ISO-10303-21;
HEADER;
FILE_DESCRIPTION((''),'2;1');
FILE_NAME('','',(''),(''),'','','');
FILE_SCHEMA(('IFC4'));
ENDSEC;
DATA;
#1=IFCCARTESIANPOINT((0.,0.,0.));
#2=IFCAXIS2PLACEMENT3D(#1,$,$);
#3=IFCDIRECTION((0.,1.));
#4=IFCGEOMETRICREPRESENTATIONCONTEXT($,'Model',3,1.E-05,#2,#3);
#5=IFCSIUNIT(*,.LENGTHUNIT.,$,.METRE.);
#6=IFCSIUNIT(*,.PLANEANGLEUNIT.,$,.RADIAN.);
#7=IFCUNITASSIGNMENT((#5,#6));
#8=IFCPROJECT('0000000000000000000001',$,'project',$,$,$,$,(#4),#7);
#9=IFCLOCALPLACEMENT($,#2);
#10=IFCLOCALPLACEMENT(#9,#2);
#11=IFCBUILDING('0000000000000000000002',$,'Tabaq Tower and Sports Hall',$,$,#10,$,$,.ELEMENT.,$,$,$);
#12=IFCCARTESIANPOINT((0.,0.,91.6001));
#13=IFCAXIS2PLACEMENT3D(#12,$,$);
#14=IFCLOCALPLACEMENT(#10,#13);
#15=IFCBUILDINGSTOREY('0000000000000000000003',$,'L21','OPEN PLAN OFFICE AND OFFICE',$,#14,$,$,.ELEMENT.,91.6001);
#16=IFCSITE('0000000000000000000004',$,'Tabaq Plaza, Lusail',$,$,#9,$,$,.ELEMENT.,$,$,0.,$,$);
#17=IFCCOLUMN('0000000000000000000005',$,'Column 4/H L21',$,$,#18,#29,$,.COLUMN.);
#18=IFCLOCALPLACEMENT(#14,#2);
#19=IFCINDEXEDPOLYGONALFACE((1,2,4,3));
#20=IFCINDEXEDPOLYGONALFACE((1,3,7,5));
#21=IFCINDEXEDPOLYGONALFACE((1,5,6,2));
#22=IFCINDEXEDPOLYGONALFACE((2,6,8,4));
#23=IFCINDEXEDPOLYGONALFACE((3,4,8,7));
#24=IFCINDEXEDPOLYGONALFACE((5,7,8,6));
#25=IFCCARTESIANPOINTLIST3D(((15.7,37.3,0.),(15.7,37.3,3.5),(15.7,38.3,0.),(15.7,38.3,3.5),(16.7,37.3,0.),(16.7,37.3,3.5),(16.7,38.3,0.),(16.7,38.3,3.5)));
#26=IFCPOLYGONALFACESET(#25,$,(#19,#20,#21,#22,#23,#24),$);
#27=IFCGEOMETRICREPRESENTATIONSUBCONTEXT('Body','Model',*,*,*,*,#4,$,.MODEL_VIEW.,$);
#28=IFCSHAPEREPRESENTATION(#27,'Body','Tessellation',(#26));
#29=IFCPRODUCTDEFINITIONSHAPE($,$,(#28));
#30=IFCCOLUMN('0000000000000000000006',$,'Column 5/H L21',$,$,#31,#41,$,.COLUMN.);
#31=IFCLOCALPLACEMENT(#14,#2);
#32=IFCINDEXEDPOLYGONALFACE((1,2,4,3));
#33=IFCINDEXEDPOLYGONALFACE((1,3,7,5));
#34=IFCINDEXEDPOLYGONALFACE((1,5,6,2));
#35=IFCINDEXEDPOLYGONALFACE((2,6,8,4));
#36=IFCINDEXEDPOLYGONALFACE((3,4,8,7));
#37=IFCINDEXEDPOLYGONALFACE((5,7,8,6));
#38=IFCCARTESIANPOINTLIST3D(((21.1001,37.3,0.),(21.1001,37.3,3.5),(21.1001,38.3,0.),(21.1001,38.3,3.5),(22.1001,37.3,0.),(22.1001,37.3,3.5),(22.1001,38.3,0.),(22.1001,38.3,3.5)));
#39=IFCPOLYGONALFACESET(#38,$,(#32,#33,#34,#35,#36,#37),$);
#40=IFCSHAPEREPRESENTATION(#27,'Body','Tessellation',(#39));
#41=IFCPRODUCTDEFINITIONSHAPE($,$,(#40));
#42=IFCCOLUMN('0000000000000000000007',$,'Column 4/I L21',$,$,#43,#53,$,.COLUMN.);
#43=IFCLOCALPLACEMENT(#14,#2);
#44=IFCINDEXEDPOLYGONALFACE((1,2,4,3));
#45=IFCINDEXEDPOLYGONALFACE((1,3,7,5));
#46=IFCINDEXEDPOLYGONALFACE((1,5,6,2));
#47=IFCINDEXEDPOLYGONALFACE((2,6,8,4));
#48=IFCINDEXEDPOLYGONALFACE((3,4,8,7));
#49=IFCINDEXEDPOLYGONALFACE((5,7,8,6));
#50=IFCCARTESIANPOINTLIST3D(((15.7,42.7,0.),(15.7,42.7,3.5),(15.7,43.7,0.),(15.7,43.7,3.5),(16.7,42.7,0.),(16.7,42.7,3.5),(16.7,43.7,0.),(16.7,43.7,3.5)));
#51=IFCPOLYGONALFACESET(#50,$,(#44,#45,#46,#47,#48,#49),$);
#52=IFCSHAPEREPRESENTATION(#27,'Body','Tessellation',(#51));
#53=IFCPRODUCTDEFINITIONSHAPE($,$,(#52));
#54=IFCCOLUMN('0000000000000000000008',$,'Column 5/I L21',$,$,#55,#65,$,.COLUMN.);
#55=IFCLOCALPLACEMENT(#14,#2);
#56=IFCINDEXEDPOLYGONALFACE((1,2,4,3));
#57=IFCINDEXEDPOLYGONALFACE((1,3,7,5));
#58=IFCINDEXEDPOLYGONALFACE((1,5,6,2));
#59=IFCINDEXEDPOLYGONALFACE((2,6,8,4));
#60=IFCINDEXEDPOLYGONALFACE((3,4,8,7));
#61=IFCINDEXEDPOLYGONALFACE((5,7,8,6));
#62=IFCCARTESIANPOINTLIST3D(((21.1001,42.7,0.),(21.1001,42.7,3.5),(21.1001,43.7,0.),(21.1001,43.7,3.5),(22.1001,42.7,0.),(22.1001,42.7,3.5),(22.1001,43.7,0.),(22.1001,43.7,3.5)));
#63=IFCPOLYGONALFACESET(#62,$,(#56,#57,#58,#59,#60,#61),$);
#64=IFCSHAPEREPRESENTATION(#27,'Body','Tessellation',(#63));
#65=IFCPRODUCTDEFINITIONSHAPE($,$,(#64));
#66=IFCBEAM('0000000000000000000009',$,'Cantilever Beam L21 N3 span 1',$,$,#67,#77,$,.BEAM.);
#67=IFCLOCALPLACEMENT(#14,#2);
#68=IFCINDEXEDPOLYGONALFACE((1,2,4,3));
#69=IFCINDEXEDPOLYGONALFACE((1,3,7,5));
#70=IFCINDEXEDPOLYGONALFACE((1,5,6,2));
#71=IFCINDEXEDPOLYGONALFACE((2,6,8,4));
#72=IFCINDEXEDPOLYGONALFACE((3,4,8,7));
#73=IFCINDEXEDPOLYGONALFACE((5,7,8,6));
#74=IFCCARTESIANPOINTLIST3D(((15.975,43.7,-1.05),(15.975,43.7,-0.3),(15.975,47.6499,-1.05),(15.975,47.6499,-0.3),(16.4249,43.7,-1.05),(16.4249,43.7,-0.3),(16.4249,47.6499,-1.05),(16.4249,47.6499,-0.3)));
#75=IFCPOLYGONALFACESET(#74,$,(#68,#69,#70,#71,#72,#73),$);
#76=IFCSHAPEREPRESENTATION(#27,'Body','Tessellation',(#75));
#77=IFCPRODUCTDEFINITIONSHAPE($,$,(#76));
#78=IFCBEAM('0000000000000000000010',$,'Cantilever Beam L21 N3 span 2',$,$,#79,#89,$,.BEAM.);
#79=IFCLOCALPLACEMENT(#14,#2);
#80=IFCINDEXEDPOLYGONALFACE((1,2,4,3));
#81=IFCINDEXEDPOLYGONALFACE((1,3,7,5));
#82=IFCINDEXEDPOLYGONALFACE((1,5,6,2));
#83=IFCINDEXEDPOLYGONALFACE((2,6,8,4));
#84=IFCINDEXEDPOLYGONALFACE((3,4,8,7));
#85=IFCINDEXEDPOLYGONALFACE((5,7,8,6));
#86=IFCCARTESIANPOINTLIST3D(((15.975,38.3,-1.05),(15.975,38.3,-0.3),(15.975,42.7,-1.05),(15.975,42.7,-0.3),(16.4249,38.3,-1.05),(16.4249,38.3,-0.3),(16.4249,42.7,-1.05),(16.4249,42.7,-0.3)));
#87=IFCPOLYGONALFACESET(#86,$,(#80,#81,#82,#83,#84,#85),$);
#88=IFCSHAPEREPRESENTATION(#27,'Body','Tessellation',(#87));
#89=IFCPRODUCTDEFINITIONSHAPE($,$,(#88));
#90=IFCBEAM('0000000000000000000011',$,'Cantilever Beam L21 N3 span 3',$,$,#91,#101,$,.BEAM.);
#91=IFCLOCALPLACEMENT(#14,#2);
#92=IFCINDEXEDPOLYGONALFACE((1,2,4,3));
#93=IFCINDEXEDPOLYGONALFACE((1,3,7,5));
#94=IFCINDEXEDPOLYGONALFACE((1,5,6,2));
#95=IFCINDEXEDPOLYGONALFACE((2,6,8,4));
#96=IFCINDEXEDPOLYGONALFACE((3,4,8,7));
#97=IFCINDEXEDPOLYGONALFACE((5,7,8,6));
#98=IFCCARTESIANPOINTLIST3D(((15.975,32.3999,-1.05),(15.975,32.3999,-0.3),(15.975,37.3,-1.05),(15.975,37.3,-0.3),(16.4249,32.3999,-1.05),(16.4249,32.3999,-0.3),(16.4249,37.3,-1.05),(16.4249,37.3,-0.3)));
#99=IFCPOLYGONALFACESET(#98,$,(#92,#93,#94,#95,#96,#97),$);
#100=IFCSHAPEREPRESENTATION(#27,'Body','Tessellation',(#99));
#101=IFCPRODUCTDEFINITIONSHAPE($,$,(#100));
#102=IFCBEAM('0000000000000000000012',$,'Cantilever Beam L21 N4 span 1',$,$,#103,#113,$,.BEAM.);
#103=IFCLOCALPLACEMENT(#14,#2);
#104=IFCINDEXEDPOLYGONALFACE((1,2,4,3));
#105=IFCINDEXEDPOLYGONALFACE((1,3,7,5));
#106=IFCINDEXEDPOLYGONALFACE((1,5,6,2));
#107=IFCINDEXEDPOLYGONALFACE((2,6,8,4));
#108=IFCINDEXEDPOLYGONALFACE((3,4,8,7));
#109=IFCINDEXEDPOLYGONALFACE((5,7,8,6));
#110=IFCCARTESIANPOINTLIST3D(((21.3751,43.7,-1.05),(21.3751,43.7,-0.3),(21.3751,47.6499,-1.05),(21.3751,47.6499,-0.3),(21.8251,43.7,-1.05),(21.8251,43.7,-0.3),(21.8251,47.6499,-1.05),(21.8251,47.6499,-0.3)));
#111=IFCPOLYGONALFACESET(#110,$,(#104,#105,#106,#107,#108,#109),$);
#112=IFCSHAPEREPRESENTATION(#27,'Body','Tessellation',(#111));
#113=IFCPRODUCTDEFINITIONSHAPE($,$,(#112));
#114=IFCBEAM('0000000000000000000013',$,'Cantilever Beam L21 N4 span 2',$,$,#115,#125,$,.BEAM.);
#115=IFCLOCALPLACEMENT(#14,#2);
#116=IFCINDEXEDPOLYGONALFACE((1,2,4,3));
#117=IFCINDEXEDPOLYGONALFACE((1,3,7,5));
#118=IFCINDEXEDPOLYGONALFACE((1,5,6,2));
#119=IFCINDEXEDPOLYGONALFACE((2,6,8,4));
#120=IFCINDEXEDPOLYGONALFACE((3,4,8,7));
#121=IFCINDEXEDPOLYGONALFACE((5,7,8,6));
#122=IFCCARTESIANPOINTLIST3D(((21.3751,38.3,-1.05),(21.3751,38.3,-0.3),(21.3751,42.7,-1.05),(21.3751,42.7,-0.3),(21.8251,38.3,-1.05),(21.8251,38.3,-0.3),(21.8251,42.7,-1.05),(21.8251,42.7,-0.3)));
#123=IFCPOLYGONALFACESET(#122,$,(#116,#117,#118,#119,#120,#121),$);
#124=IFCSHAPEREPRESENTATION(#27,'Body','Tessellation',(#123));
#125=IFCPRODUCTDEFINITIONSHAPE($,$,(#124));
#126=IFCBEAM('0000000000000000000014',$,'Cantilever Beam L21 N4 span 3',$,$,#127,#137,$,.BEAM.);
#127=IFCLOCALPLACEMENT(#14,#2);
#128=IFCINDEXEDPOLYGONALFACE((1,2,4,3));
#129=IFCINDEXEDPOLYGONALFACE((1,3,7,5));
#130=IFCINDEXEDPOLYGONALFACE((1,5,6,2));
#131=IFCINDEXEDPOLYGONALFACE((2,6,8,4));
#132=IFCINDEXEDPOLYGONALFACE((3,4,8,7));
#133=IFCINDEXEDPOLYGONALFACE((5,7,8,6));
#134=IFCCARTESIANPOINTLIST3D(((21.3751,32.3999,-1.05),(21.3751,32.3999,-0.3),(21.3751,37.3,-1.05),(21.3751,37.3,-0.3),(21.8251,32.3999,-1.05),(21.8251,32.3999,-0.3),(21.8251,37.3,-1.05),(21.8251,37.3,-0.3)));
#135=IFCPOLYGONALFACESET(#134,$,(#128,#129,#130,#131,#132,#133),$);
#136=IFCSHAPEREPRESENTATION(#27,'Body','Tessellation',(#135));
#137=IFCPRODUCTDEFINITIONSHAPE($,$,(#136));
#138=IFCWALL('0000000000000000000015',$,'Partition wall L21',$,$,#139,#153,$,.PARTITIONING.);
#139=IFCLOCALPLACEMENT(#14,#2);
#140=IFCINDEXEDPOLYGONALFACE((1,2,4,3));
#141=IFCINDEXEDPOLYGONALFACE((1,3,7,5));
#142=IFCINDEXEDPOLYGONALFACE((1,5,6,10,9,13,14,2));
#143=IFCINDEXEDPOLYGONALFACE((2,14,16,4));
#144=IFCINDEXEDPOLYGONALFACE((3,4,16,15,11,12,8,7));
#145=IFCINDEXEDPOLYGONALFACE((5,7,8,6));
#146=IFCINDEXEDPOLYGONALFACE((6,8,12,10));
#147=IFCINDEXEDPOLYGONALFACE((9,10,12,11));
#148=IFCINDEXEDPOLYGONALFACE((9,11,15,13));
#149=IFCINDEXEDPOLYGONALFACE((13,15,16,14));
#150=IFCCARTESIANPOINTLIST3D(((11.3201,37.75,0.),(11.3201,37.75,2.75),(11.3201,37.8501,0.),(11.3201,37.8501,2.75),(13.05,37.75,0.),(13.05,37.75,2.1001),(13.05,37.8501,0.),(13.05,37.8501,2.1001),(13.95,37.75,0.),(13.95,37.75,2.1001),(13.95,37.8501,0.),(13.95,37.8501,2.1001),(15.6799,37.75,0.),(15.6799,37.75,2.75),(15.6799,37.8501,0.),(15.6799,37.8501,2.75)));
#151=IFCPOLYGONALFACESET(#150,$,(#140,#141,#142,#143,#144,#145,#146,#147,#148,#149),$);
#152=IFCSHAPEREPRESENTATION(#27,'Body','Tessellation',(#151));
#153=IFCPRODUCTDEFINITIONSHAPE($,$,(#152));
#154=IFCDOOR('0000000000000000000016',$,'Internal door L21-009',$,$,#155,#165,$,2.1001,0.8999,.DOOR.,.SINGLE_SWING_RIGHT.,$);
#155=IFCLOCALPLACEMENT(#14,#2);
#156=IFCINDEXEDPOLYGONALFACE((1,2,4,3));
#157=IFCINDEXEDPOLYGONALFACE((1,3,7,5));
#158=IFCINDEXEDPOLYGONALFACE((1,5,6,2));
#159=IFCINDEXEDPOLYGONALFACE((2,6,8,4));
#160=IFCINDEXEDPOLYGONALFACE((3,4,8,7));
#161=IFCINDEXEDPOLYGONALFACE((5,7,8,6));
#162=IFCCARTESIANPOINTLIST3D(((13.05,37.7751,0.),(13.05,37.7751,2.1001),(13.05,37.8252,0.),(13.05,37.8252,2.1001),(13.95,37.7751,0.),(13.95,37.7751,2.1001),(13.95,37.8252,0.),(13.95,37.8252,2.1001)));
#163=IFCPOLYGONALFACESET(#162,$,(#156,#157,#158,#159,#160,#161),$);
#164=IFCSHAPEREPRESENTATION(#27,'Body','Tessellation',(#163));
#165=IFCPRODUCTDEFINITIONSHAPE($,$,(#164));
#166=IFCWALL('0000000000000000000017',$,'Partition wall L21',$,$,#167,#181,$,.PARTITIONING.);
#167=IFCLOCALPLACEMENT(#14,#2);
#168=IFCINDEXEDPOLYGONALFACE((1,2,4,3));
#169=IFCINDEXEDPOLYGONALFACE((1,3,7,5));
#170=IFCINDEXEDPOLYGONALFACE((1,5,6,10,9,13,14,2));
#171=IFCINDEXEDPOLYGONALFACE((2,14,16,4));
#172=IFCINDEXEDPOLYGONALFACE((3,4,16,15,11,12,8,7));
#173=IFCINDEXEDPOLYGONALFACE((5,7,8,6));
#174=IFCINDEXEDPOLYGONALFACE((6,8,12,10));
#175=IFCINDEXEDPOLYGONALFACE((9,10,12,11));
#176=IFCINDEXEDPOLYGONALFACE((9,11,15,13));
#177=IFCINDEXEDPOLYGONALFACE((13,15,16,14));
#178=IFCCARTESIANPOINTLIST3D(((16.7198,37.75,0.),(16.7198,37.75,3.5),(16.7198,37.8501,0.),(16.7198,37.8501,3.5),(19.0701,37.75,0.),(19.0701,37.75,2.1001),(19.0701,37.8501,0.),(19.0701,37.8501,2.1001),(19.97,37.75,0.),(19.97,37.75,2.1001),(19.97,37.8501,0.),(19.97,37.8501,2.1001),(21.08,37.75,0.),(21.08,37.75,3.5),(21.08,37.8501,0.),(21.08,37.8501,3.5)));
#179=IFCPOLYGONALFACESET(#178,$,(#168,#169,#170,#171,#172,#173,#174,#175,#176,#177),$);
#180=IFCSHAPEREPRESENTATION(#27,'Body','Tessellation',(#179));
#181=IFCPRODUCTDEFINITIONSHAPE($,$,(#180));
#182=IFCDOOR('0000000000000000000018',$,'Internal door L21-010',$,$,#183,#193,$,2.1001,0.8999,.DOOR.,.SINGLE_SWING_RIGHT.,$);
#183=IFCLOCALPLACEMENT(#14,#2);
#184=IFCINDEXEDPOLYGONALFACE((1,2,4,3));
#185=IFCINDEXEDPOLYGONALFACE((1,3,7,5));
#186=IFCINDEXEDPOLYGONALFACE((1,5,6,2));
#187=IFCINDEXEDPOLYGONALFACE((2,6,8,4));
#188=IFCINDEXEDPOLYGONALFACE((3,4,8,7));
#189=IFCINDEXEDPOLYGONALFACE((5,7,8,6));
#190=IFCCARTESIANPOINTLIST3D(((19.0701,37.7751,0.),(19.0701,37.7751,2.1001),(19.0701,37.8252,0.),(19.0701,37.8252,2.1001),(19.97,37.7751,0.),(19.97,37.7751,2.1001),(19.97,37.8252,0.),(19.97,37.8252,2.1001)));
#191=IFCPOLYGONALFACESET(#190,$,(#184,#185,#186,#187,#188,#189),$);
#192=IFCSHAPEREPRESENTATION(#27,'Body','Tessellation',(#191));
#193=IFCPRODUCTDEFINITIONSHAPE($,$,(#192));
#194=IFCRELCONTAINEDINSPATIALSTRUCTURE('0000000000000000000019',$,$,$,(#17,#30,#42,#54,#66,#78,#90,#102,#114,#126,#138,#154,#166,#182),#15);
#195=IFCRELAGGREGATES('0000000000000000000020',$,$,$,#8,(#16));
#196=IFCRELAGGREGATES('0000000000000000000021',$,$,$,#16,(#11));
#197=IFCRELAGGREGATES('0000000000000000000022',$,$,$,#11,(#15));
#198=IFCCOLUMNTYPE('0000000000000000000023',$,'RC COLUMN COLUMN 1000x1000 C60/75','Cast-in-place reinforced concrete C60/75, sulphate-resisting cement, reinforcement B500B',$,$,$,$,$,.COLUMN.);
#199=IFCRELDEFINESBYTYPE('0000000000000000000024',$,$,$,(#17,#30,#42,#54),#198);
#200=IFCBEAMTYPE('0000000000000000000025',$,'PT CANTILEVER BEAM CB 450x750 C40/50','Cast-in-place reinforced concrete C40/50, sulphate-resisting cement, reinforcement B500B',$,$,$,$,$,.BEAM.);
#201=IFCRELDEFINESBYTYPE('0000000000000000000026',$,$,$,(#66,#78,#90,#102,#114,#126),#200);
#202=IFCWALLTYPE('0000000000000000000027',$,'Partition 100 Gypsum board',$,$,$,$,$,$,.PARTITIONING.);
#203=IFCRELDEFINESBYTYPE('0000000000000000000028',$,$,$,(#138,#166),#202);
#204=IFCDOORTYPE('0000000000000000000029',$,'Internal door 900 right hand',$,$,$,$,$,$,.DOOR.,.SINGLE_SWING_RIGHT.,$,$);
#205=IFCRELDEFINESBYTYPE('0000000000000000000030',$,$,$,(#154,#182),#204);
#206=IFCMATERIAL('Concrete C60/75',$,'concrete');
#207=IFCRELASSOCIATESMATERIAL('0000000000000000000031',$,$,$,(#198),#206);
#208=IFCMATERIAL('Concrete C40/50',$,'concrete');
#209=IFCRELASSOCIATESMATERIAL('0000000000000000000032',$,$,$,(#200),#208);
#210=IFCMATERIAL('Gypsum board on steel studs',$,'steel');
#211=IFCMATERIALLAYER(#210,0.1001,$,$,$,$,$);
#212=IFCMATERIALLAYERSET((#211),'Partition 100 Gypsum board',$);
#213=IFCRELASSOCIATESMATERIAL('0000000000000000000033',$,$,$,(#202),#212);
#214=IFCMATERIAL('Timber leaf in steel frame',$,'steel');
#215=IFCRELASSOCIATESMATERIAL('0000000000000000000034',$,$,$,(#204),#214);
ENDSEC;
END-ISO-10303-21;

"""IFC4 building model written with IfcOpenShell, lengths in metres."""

from ifc_helpers import new_model, si_unit, direction, frame, frame_2d, origin, origin_2d, place, context, subcontext, project, spatial, rectangle, extrude, material, layer, layer_set, material_profile, profile_set, type_object, element, fill, save


model = new_model("IFC4")

# Units and contexts
model_context = context("Model", 3, precision=1e-05, world=origin(), true_north=direction((0.0, 1.0)))
body_context = subcontext(model_context, "Body", "Model", "MODEL_VIEW")
ifc_project = project(units=[si_unit("LENGTHUNIT", "METRE"), si_unit("PLANEANGLEUNIT", "RADIAN")], contexts=[model_context])

# Site, building, storey
site_placement = place(None, origin())
site = spatial("IfcSite", under=ifc_project, at=site_placement, Name="Tabaq Plaza, Lusail", CompositionType="ELEMENT", RefElevation=0.0)
building_placement = place(site_placement, origin())
building = spatial("IfcBuilding", under=site, at=building_placement, Name="Tabaq Tower and Sports Hall", CompositionType="ELEMENT")
storey_placement = place(building_placement, frame((0.0, 0.0, 91.6001)))
storey = spatial("IfcBuildingStorey", under=building, at=storey_placement, Name="L21", Description="OPEN PLAN OFFICE AND OFFICE", CompositionType="ELEMENT", Elevation=91.6001)

# Columns
ifc_material_1 = material(Name="Concrete C60/75", Category="concrete")
ifc_material_profile_1 = material_profile(ifc_material_1, rectangle(XDim=1.0, YDim=1.0, at=origin_2d()), Name="COLUMN 1000x1000")
ifc_profile_set_1 = profile_set([ifc_material_profile_1], Name="Concrete C60/75")
column_type = type_object("IfcColumnType", Name="RC COLUMN COLUMN 1000x1000 C60/75", Description="Cast-in-place reinforced concrete C60/75, sulphate-resisting cement, reinforcement B500B", PredefinedType="COLUMN", material=ifc_profile_set_1)
for number, where, z_axis, x_axis, name in (
    (1, (16.2, 37.8, 0.0), (0.0, 0.0, 1.0), (1.0, 0.0, 0.0), "Column 4/H L21"),
    (2, (21.6001, 37.8, 0.0), (0.0, 0.0, 1.0), (1.0, 0.0, 0.0), "Column 5/H L21"),
    (3, (16.2, 43.2, 0.0), (0.0, 0.0, 1.0), (1.0, 0.0, 0.0), "Column 4/I L21"),
    (4, (21.6001, 43.2, 0.0), (0.0, 0.0, 1.0), (1.0, 0.0, 0.0), "Column 5/I L21"),
):
    element("IfcColumn", number, at=place(storey_placement, frame(where, z_axis=z_axis, x_axis=x_axis)), inside=storey, type_object=column_type, Name=name, PredefinedType="COLUMN", context=body_context, shape_type="SweptSolid", body=[
        extrude(rectangle(XDim=1.0, YDim=1.0, at=origin_2d()), origin(), (0.0, 0.0, 1.0), 3.5),
    ])

# Beams
ifc_material_2 = material(Name="Concrete C40/50", Category="concrete")
ifc_material_profile_2 = material_profile(ifc_material_2, rectangle(XDim=0.45, YDim=0.75, at=origin_2d()), Name="CB 450x750")
ifc_profile_set_2 = profile_set([ifc_material_profile_2], Name="Concrete C40/50")
beam_type = type_object("IfcBeamType", Name="PT CANTILEVER BEAM CB 450x750 C40/50", Description="Cast-in-place reinforced concrete C40/50, sulphate-resisting cement, reinforcement B500B", PredefinedType="BEAM", material=ifc_profile_set_2)
beam_1_placement = place(storey_placement, frame((16.2, 47.6499, -0.675), z_axis=(0.0, -1.0, 0.0), x_axis=(1.0, 0.0, 0.0)))
element("IfcBeam", 5, at=beam_1_placement, inside=storey, type_object=beam_type, Name="Cantilever Beam L21 N3 span 1", PredefinedType="BEAM", context=body_context, shape_type="SweptSolid", body=[
    extrude(rectangle(XDim=0.45, YDim=0.75, at=origin_2d()), origin(), (0.0, 0.0, 1.0), 3.95),
])
beam_2_placement = place(storey_placement, frame((16.2, 42.7, -0.675), z_axis=(0.0, -1.0, 0.0), x_axis=(1.0, 0.0, 0.0)))
element("IfcBeam", 6, at=beam_2_placement, inside=storey, type_object=beam_type, Name="Cantilever Beam L21 N3 span 2", PredefinedType="BEAM", context=body_context, shape_type="SweptSolid", body=[
    extrude(rectangle(XDim=0.45, YDim=0.75, at=origin_2d()), origin(), (0.0, 0.0, 1.0), 4.3999),
])
beam_3_placement = place(storey_placement, frame((16.2, 37.3, -0.675), z_axis=(0.0, -1.0, 0.0), x_axis=(1.0, 0.0, 0.0)))
element("IfcBeam", 7, at=beam_3_placement, inside=storey, type_object=beam_type, Name="Cantilever Beam L21 N3 span 3", PredefinedType="BEAM", context=body_context, shape_type="SweptSolid", body=[
    extrude(rectangle(XDim=0.45, YDim=0.75, at=origin_2d()), origin(), (0.0, 0.0, 1.0), 4.9001),
])
beam_4_placement = place(storey_placement, frame((21.6001, 47.6499, -0.675), z_axis=(0.0, -1.0, 0.0), x_axis=(1.0, 0.0, 0.0)))
element("IfcBeam", 8, at=beam_4_placement, inside=storey, type_object=beam_type, Name="Cantilever Beam L21 N4 span 1", PredefinedType="BEAM", context=body_context, shape_type="SweptSolid", body=[
    extrude(rectangle(XDim=0.45, YDim=0.75, at=origin_2d()), origin(), (0.0, 0.0, 1.0), 3.95),
])
beam_5_placement = place(storey_placement, frame((21.6001, 42.7, -0.675), z_axis=(0.0, -1.0, 0.0), x_axis=(1.0, 0.0, 0.0)))
element("IfcBeam", 9, at=beam_5_placement, inside=storey, type_object=beam_type, Name="Cantilever Beam L21 N4 span 2", PredefinedType="BEAM", context=body_context, shape_type="SweptSolid", body=[
    extrude(rectangle(XDim=0.45, YDim=0.75, at=origin_2d()), origin(), (0.0, 0.0, 1.0), 4.3999),
])
beam_6_placement = place(storey_placement, frame((21.6001, 37.3, -0.675), z_axis=(0.0, -1.0, 0.0), x_axis=(1.0, 0.0, 0.0)))
element("IfcBeam", 10, at=beam_6_placement, inside=storey, type_object=beam_type, Name="Cantilever Beam L21 N4 span 3", PredefinedType="BEAM", context=body_context, shape_type="SweptSolid", body=[
    extrude(rectangle(XDim=0.45, YDim=0.75, at=origin_2d()), origin(), (0.0, 0.0, 1.0), 4.9001),
])

# Walls, openings, doors
ifc_material_3 = material(Name="Gypsum board on steel studs", Category="steel")
ifc_layer_1 = layer(ifc_material_3, 0.1001)
ifc_layer_set_1 = layer_set([ifc_layer_1], Name="Partition 100 Gypsum board")
wall_type = type_object("IfcWallType", Name="Partition 100 Gypsum board", PredefinedType="PARTITIONING", material=ifc_layer_set_1)
wall_1_placement = place(storey_placement, frame((15.6799, 37.8, 0.0), z_axis=(0.0, 0.0, 1.0), x_axis=(-1.0, 0.0, 0.0)))
wall_1 = element("IfcWall", 11, at=wall_1_placement, inside=storey, type_object=wall_type, Name="Partition wall L21", PredefinedType="PARTITIONING", context=body_context, shape_type="SweptSolid", body=[
    extrude(rectangle(XDim=4.3599, YDim=0.1001, at=frame_2d((2.1799, 0.0))), origin(), (0.0, 0.0, 1.0), 2.75),
])
opening_1_placement = place(wall_1_placement, frame((1.73, 0.0, 0.0)))
opening_1 = element("IfcOpeningElement", 12, at=opening_1_placement, cuts=wall_1, PredefinedType="OPENING", context=body_context, shape_type="SweptSolid", body=[
    extrude(rectangle(XDim=0.8999, YDim=2.1001, at=frame_2d((0.45, 1.05))), frame((0.0, 0.05, 0.0), z_axis=(0.0, -1.0, 0.0), x_axis=(1.0, 0.0, 0.0)), (0.0, 0.0, 1.0), 0.1001),
])
ifc_material_4 = material(Name="Timber leaf in steel frame", Category="steel")
door_type = type_object("IfcDoorType", Name="Internal door 900 right hand", OperationType="SINGLE_SWING_RIGHT", PredefinedType="DOOR", material=ifc_material_4)
door_1_placement = place(opening_1_placement, origin())
door_1 = element("IfcDoor", 13, at=door_1_placement, inside=storey, type_object=door_type, Name="Internal door L21-009", OperationType="SINGLE_SWING_RIGHT", OverallHeight=2.1001, OverallWidth=0.8999, PredefinedType="DOOR", context=body_context, shape_type="SweptSolid", body=[
    extrude(rectangle(XDim=0.8999, YDim=2.1001, at=frame_2d((0.45, 1.05))), frame((0.0, 0.0249, 0.0), z_axis=(0.0, -1.0, 0.0), x_axis=(1.0, 0.0, 0.0)), (0.0, 0.0, 1.0), 0.05),
])
fill(opening_1, door_1)
wall_2_placement = place(storey_placement, frame((21.0801, 37.8, 0.0), z_axis=(0.0, 0.0, 1.0), x_axis=(-1.0, 0.0, 0.0)))
wall_2 = element("IfcWall", 14, at=wall_2_placement, inside=storey, type_object=wall_type, Name="Partition wall L21", PredefinedType="PARTITIONING", context=body_context, shape_type="SweptSolid", body=[
    extrude(rectangle(XDim=4.3601, YDim=0.1001, at=frame_2d((2.1802, 0.0))), origin(), (0.0, 0.0, 1.0), 3.5),
])
opening_2_placement = place(wall_2_placement, frame((1.1101, 0.0, 0.0)))
opening_2 = element("IfcOpeningElement", 15, at=opening_2_placement, cuts=wall_2, PredefinedType="OPENING", context=body_context, shape_type="SweptSolid", body=[
    extrude(rectangle(XDim=0.8999, YDim=2.1001, at=frame_2d((0.45, 1.05))), frame((0.0, 0.05, 0.0), z_axis=(0.0, -1.0, 0.0), x_axis=(1.0, 0.0, 0.0)), (0.0, 0.0, 1.0), 0.1001),
])
door_2_placement = place(opening_2_placement, origin())
door_2 = element("IfcDoor", 16, at=door_2_placement, inside=storey, type_object=door_type, Name="Internal door L21-010", OperationType="SINGLE_SWING_RIGHT", OverallHeight=2.1001, OverallWidth=0.8999, PredefinedType="DOOR", context=body_context, shape_type="SweptSolid", body=[
    extrude(rectangle(XDim=0.8999, YDim=2.1001, at=frame_2d((0.45, 1.05))), frame((0.0, 0.0249, 0.0), z_axis=(0.0, -1.0, 0.0), x_axis=(1.0, 0.0, 0.0)), (0.0, 0.0, 1.0), 0.05),
])
fill(opening_2, door_2)

save(model, "model.ifc")
